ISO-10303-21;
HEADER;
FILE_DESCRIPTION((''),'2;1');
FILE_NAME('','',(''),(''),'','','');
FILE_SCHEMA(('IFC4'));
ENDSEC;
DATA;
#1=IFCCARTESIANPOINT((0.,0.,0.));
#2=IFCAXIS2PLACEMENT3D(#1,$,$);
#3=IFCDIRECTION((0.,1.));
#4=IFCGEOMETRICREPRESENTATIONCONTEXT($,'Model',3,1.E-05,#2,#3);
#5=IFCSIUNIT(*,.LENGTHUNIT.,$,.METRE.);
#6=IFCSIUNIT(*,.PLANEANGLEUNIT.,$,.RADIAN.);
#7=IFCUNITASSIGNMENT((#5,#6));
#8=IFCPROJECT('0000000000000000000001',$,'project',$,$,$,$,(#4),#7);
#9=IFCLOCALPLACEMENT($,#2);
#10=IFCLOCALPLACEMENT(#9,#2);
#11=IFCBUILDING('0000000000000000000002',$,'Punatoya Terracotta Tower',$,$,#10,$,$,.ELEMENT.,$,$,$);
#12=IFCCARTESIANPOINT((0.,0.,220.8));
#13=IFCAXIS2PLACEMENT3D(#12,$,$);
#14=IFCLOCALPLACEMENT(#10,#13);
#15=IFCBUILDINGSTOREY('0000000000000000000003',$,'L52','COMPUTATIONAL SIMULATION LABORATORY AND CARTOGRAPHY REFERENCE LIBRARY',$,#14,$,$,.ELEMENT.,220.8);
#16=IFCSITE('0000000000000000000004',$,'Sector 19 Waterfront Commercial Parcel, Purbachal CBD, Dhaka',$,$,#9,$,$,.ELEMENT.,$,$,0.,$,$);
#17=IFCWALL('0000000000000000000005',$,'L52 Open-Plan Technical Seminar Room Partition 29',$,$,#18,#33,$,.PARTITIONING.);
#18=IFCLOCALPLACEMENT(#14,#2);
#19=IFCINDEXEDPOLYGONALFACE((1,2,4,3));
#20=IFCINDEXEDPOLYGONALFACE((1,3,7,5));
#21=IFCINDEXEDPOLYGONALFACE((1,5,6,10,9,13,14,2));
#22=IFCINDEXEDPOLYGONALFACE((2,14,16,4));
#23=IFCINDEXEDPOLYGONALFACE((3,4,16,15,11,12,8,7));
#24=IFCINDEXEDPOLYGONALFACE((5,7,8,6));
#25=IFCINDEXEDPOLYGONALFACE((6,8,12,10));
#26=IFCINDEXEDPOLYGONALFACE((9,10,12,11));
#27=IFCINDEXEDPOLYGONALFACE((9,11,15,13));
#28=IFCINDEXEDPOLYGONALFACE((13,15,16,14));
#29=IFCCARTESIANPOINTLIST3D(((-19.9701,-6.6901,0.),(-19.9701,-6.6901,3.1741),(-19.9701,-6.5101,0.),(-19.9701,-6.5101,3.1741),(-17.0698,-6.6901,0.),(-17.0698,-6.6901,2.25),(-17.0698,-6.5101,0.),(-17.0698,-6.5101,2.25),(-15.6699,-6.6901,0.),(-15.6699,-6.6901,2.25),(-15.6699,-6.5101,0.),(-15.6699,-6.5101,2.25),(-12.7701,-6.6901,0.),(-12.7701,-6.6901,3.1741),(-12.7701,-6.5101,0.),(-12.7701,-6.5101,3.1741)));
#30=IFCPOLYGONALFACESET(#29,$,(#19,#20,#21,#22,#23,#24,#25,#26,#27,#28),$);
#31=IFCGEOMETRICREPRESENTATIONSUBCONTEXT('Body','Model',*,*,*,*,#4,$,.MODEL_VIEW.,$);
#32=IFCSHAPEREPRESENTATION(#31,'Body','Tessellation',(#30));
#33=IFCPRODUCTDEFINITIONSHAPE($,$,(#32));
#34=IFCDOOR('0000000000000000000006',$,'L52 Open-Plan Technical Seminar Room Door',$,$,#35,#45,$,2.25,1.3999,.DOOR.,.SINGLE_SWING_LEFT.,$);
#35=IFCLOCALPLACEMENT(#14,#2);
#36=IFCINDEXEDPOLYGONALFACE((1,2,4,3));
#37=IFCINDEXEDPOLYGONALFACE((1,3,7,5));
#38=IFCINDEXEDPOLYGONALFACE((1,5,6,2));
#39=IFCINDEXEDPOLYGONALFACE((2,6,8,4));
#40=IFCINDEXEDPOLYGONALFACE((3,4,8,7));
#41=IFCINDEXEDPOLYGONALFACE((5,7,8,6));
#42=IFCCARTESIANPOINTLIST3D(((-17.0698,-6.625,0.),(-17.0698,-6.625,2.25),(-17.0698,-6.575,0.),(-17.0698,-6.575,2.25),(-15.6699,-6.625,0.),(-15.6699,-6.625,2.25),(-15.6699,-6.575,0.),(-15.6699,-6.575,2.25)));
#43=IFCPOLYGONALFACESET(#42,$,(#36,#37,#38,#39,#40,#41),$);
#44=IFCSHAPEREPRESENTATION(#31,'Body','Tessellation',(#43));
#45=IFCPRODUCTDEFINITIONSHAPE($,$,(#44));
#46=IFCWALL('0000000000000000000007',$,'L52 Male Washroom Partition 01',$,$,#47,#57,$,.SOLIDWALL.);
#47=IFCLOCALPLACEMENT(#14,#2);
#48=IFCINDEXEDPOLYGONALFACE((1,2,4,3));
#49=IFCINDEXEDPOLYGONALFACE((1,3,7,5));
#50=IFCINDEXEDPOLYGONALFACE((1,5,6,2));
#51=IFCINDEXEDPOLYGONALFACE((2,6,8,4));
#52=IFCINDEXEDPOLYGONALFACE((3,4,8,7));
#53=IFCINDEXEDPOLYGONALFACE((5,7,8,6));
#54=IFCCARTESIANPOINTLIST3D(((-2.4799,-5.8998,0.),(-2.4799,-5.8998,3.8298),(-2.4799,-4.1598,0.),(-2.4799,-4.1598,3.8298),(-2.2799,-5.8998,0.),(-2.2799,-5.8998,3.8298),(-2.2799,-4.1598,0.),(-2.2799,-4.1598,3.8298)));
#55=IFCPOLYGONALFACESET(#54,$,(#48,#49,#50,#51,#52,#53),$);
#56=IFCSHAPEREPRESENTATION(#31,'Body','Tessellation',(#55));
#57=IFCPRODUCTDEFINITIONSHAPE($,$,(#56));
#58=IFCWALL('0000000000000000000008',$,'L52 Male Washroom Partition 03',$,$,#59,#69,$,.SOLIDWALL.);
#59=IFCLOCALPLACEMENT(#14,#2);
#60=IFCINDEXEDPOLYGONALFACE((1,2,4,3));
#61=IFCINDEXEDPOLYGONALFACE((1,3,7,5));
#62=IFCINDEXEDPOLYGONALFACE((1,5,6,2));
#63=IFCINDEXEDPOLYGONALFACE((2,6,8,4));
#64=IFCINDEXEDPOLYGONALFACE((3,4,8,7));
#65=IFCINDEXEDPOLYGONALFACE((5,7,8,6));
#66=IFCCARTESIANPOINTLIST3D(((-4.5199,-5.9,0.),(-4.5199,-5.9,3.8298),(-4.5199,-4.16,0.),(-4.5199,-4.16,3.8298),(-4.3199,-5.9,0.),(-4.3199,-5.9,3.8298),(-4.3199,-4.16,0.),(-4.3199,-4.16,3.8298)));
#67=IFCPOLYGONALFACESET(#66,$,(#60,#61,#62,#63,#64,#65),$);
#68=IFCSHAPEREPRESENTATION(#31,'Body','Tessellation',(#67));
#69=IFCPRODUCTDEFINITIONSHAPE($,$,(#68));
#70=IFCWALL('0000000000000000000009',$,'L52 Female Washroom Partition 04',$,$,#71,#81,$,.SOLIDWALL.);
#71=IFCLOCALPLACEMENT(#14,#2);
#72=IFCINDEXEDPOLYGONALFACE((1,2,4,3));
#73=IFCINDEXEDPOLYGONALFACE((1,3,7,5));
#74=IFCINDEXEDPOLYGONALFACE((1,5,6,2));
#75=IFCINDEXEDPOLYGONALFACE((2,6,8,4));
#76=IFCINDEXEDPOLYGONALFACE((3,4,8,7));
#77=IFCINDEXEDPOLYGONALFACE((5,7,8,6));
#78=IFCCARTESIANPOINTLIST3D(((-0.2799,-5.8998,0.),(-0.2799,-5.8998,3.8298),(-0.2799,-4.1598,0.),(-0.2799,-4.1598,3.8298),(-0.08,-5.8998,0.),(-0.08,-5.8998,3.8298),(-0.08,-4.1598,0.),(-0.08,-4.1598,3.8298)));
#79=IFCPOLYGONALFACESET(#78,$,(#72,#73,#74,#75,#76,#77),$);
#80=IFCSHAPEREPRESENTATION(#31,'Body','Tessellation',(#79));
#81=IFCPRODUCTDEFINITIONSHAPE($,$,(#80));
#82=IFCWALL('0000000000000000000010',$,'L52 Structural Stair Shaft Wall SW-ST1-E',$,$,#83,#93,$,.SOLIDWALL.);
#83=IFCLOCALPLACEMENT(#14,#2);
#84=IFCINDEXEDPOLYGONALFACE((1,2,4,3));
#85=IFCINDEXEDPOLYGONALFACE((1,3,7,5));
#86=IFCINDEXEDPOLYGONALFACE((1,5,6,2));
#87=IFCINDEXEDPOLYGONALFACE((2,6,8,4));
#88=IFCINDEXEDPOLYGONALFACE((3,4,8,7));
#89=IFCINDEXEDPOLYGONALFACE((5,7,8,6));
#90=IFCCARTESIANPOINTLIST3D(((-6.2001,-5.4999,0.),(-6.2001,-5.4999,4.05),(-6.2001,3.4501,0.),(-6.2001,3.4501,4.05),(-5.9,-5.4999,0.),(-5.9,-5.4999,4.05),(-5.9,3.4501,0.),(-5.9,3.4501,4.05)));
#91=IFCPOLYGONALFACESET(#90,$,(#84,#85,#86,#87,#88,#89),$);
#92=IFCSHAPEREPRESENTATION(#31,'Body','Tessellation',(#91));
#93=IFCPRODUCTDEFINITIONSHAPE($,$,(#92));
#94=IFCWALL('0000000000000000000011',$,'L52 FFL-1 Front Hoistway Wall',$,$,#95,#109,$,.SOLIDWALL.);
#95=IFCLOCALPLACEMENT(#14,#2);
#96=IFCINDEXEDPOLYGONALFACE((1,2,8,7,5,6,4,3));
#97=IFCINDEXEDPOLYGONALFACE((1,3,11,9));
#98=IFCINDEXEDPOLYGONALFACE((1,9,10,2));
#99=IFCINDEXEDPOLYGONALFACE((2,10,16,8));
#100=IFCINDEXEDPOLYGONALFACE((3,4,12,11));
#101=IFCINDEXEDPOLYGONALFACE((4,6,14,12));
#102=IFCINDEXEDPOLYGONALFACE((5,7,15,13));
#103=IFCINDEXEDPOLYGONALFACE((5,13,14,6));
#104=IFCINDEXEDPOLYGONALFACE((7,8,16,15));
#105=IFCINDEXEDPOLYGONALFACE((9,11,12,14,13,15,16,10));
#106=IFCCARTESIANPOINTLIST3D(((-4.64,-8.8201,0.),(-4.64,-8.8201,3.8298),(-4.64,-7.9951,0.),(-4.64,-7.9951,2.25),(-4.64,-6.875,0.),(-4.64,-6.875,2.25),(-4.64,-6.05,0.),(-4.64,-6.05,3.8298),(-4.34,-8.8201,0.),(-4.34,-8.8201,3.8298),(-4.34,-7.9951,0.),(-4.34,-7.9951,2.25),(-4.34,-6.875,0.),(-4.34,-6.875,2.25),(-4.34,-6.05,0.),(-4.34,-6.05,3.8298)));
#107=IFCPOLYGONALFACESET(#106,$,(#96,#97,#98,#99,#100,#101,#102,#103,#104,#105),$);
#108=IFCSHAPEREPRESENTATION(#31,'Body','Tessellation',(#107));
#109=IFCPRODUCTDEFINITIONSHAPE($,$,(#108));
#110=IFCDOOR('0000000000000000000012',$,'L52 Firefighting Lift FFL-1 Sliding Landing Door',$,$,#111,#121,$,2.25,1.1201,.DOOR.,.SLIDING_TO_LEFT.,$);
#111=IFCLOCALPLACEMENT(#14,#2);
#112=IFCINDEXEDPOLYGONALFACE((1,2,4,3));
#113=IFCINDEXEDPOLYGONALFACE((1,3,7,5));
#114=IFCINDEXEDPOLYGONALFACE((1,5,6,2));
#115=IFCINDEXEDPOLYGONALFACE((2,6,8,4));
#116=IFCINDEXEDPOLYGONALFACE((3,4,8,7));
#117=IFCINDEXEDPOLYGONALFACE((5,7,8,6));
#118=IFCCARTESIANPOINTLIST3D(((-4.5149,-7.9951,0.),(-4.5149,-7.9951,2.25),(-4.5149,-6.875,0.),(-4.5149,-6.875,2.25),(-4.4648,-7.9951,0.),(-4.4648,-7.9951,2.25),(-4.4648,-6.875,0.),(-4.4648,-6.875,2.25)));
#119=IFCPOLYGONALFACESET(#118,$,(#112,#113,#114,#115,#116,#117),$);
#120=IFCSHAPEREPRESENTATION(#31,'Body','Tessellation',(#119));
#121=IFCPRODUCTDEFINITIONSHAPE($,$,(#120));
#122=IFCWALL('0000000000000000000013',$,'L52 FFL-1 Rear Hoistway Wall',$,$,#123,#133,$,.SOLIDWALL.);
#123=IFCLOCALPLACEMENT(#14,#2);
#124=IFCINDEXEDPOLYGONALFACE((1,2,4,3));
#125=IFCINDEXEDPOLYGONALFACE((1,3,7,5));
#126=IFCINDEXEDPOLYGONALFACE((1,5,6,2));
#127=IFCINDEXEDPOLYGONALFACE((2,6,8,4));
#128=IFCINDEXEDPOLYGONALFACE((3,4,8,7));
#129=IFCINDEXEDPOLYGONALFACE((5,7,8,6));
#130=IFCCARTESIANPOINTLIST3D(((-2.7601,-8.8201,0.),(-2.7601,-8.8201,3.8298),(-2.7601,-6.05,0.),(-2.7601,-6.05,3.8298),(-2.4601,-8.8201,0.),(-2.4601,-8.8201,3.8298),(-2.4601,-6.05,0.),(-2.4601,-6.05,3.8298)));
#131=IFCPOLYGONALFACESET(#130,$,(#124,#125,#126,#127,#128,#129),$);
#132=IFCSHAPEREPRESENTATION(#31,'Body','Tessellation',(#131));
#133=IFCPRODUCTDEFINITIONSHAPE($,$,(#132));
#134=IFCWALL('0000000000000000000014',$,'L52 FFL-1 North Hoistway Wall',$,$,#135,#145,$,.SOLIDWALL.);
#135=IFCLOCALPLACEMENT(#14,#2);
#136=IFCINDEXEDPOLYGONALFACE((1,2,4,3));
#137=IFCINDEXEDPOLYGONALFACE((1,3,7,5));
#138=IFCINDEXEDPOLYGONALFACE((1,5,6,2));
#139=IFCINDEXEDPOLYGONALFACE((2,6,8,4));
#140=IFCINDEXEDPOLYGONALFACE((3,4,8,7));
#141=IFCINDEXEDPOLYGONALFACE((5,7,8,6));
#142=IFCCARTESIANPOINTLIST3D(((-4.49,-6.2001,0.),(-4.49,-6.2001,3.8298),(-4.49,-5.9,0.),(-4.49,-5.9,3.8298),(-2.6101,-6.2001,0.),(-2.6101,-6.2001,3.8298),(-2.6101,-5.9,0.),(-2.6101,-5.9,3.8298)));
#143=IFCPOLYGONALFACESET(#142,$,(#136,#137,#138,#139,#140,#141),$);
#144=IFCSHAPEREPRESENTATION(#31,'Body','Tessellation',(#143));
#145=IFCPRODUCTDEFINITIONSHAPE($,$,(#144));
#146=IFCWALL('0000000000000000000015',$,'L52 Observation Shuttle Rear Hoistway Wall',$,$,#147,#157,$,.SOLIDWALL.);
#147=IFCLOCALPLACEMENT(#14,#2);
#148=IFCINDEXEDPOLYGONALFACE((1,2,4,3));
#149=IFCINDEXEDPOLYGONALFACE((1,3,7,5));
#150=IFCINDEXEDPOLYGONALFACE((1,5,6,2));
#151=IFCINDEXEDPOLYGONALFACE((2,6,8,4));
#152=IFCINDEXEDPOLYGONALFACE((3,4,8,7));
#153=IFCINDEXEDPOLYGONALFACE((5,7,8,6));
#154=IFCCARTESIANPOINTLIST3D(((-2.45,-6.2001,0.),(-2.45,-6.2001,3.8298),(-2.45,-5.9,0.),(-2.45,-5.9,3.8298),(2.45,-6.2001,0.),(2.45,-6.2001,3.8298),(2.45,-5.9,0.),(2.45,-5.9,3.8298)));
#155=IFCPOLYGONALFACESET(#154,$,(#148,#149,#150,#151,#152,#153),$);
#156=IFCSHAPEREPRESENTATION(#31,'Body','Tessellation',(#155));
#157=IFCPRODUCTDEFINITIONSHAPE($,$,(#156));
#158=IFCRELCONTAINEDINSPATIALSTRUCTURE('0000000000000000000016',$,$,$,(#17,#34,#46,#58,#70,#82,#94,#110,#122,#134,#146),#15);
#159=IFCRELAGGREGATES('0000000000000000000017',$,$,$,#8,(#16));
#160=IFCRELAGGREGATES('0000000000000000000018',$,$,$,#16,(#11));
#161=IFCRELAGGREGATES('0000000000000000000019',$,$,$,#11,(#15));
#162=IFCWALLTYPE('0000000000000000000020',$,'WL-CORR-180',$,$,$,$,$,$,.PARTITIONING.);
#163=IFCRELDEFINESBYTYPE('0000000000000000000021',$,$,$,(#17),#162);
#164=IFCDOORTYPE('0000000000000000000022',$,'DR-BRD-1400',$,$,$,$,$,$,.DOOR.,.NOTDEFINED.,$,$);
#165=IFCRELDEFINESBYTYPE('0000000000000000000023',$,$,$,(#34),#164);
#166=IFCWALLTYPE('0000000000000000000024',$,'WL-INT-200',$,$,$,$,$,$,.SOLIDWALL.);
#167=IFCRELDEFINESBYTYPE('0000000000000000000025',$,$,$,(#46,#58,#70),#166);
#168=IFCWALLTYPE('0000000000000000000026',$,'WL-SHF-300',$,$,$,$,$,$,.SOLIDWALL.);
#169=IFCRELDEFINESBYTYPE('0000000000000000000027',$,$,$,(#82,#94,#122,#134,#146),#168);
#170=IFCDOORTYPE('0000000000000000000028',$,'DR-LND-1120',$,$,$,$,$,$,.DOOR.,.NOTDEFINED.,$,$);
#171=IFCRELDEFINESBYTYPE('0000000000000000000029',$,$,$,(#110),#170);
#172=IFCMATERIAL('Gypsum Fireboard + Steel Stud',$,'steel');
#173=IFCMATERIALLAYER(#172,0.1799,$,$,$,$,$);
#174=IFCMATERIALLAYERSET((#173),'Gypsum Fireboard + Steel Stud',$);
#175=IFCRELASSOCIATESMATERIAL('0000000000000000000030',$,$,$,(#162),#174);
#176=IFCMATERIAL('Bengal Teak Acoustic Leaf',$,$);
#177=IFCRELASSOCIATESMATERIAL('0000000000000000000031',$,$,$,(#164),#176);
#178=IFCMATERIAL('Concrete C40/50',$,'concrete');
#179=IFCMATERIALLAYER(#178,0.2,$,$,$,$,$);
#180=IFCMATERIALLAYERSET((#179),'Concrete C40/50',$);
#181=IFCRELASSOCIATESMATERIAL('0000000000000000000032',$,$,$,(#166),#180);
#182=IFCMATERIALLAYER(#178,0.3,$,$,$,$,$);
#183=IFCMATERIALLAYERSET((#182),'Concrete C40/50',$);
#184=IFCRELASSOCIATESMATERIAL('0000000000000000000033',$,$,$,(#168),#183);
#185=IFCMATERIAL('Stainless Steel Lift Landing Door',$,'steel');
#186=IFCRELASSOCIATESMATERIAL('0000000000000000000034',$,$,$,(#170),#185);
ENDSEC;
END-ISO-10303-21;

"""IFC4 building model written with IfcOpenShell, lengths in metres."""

from ifc_helpers import new_model, si_unit, direction, frame, frame_2d, origin, place, context, subcontext, project, spatial, rectangle, extrude, material, layer, layer_set, type_object, element, fill, save


model = new_model("IFC4")

# Units and contexts
model_context = context("Model", 3, precision=1e-05, world=origin(), true_north=direction((0.0, 1.0)))
body_context = subcontext(model_context, "Body", "Model", "MODEL_VIEW")
ifc_project = project(units=[si_unit("LENGTHUNIT", "METRE"), si_unit("PLANEANGLEUNIT", "RADIAN")], contexts=[model_context])

# Site, building, storey
site_placement = place(None, origin())
site = spatial("IfcSite", under=ifc_project, at=site_placement, Name="Sector 19 Waterfront Commercial Parcel, Purbachal CBD, Dhaka", CompositionType="ELEMENT", RefElevation=0.0)
building_placement = place(site_placement, origin())
building = spatial("IfcBuilding", under=site, at=building_placement, Name="Punatoya Terracotta Tower", CompositionType="ELEMENT")
storey_placement = place(building_placement, frame((0.0, 0.0, 220.8)))
storey = spatial("IfcBuildingStorey", under=building, at=storey_placement, Name="L52", Description="COMPUTATIONAL SIMULATION LABORATORY AND CARTOGRAPHY REFERENCE LIBRARY", CompositionType="ELEMENT", Elevation=220.8)

# Shared definitions
ifc_material_1 = material(Name="Concrete C40/50", Category="concrete")

# Wall, opening, door
ifc_material_2 = material(Name="Gypsum Fireboard + Steel Stud", Category="steel")
ifc_layer_1 = layer(ifc_material_2, 0.1799)
ifc_layer_set_1 = layer_set([ifc_layer_1], Name="Gypsum Fireboard + Steel Stud")
wall_type_1 = type_object("IfcWallType", Name="WL-CORR-180", PredefinedType="PARTITIONING", material=ifc_layer_set_1)
wall_1_placement = place(storey_placement, frame((-12.77, -6.6001, 0.0), z_axis=(0.0, 0.0, 1.0), x_axis=(-1.0, 0.0, 0.0)))
wall_1 = element("IfcWall", 1, at=wall_1_placement, inside=storey, type_object=wall_type_1, Name="L52 Open-Plan Technical Seminar Room Partition 29", PredefinedType="PARTITIONING", context=body_context, shape_type="SweptSolid", body=[
    extrude(rectangle(XDim=7.2, YDim=0.1799, at=frame_2d((3.6001, 0.0))), origin(), (0.0, 0.0, 1.0), 3.1741),
])
opening_1_placement = place(wall_1_placement, frame((2.8999, 0.0, 0.0)))
opening_1 = element("IfcOpeningElement", 2, at=opening_1_placement, cuts=wall_1, PredefinedType="OPENING", context=body_context, shape_type="SweptSolid", body=[
    extrude(rectangle(XDim=1.3999, YDim=2.25, at=frame_2d((0.7, 1.125))), frame((0.0, 0.0999, 0.0), z_axis=(0.0, -1.0, 0.0), x_axis=(1.0, 0.0, 0.0)), (0.0, 0.0, 1.0), 0.2),
])
ifc_material_3 = material(Name="Bengal Teak Acoustic Leaf")
door_type_1 = type_object("IfcDoorType", Name="DR-BRD-1400", OperationType="NOTDEFINED", PredefinedType="DOOR", material=ifc_material_3)
door_1_placement = place(opening_1_placement, origin())
door_1 = element("IfcDoor", 3, at=door_1_placement, inside=storey, type_object=door_type_1, Name="L52 Open-Plan Technical Seminar Room Door", OperationType="SINGLE_SWING_LEFT", OverallHeight=2.25, OverallWidth=1.3999, PredefinedType="DOOR", context=body_context, shape_type="SweptSolid", body=[
    extrude(rectangle(XDim=1.3999, YDim=2.25, at=frame_2d((0.7, 1.125))), frame((0.0, 0.0249, 0.0), z_axis=(0.0, -1.0, 0.0), x_axis=(1.0, 0.0, 0.0)), (0.0, 0.0, 1.0), 0.05),
])
fill(opening_1, door_1)

# Wall
ifc_layer_2 = layer(ifc_material_1, 0.2)
ifc_layer_set_2 = layer_set([ifc_layer_2], Name="Concrete C40/50")
wall_type_2 = type_object("IfcWallType", Name="WL-INT-200", PredefinedType="SOLIDWALL", material=ifc_layer_set_2)
wall_2_placement = place(storey_placement, frame((-2.3799, -5.8999, 0.0), z_axis=(0.0, 0.0, 1.0), x_axis=(0.0, 1.0, 0.0)))
element("IfcWall", 4, at=wall_2_placement, inside=storey, type_object=wall_type_2, Name="L52 Male Washroom Partition 01", PredefinedType="SOLIDWALL", context=body_context, shape_type="SweptSolid", body=[
    extrude(rectangle(XDim=1.74, YDim=0.2, at=frame_2d((0.8701, 0.0))), origin(), (0.0, 0.0, 1.0), 3.8298),
])

# Walls
for number, where, z_axis, x_axis, name in (
    (5, (-4.4199, -4.1599, 0.0), (0.0, 0.0, 1.0), (0.0, -1.0, 0.0), "L52 Male Washroom Partition 03"),
    (6, (-0.1799, -5.8999, 0.0), (0.0, 0.0, 1.0), (0.0, 1.0, 0.0), "L52 Female Washroom Partition 04"),
):
    element("IfcWall", number, at=place(storey_placement, frame(where, z_axis=z_axis, x_axis=x_axis)), inside=storey, type_object=wall_type_2, Name=name, PredefinedType="SOLIDWALL", context=body_context, shape_type="SweptSolid", body=[
        extrude(rectangle(XDim=1.74, YDim=0.2, at=frame_2d((0.8701, 0.0))), origin(), (0.0, 0.0, 1.0), 3.8298),
    ])

# Wall
ifc_layer_3 = layer(ifc_material_1, 0.3)
ifc_layer_set_3 = layer_set([ifc_layer_3], Name="Concrete C40/50")
wall_type_3 = type_object("IfcWallType", Name="WL-SHF-300", PredefinedType="SOLIDWALL", material=ifc_layer_set_3)
wall_3_placement = place(storey_placement, frame((-6.05, -5.5, 0.0), z_axis=(0.0, 0.0, 1.0), x_axis=(0.0, 1.0, 0.0)))
element("IfcWall", 7, at=wall_3_placement, inside=storey, type_object=wall_type_3, Name="L52 Structural Stair Shaft Wall SW-ST1-E", PredefinedType="SOLIDWALL", context=body_context, shape_type="SweptSolid", body=[
    extrude(rectangle(XDim=8.95, YDim=0.3, at=frame_2d((4.4751, 0.0))), origin(), (0.0, 0.0, 1.0), 4.05),
])

# Wall, opening, door
wall_4_placement = place(storey_placement, frame((-4.49, -8.8201, 0.0), z_axis=(0.0, 0.0, 1.0), x_axis=(0.0, 1.0, 0.0)))
wall_4 = element("IfcWall", 8, at=wall_4_placement, inside=storey, type_object=wall_type_3, Name="L52 FFL-1 Front Hoistway Wall", PredefinedType="SOLIDWALL", context=body_context, shape_type="SweptSolid", body=[
    extrude(rectangle(XDim=2.77, YDim=0.3, at=frame_2d((1.385, 0.0))), origin(), (0.0, 0.0, 1.0), 3.8298),
])
opening_2_placement = place(wall_4_placement, frame((0.825, 0.0, 0.0)))
opening_2 = element("IfcOpeningElement", 9, at=opening_2_placement, cuts=wall_4, PredefinedType="OPENING", context=body_context, shape_type="SweptSolid", body=[
    extrude(rectangle(XDim=1.1201, YDim=2.25, at=frame_2d((0.5601, 1.125))), frame((0.0, 0.1599, 0.0), z_axis=(0.0, -1.0, 0.0), x_axis=(1.0, 0.0, 0.0)), (0.0, 0.0, 1.0), 0.3201),
])
ifc_material_4 = material(Name="Stainless Steel Lift Landing Door", Category="steel")
door_type_2 = type_object("IfcDoorType", Name="DR-LND-1120", OperationType="NOTDEFINED", PredefinedType="DOOR", material=ifc_material_4)
door_2_placement = place(opening_2_placement, origin())
door_2 = element("IfcDoor", 10, at=door_2_placement, inside=storey, type_object=door_type_2, Name="L52 Firefighting Lift FFL-1 Sliding Landing Door", OperationType="SLIDING_TO_LEFT", OverallHeight=2.25, OverallWidth=1.1201, PredefinedType="DOOR", context=body_context, shape_type="SweptSolid", body=[
    extrude(rectangle(XDim=1.1201, YDim=2.25, at=frame_2d((0.5601, 1.125))), frame((0.0, 0.0249, 0.0), z_axis=(0.0, -1.0, 0.0), x_axis=(1.0, 0.0, 0.0)), (0.0, 0.0, 1.0), 0.05),
])
fill(opening_2, door_2)

# Walls
wall_5_placement = place(storey_placement, frame((-2.6101, -8.8201, 0.0), z_axis=(0.0, 0.0, 1.0), x_axis=(0.0, 1.0, 0.0)))
element("IfcWall", 11, at=wall_5_placement, inside=storey, type_object=wall_type_3, Name="L52 FFL-1 Rear Hoistway Wall", PredefinedType="SOLIDWALL", context=body_context, shape_type="SweptSolid", body=[
    extrude(rectangle(XDim=2.77, YDim=0.3, at=frame_2d((1.385, 0.0))), origin(), (0.0, 0.0, 1.0), 3.8298),
])
wall_6_placement = place(storey_placement, frame((-4.49, -6.05, 0.0), z_axis=(0.0, 0.0, 1.0), x_axis=(1.0, 0.0, 0.0)))
element("IfcWall", 12, at=wall_6_placement, inside=storey, type_object=wall_type_3, Name="L52 FFL-1 North Hoistway Wall", PredefinedType="SOLIDWALL", context=body_context, shape_type="SweptSolid", body=[
    extrude(rectangle(XDim=1.8799, YDim=0.3, at=frame_2d((0.9399, 0.0))), origin(), (0.0, 0.0, 1.0), 3.8298),
])
wall_7_placement = place(storey_placement, frame((-2.45, -6.05, 0.0), z_axis=(0.0, 0.0, 1.0), x_axis=(1.0, 0.0, 0.0)))
element("IfcWall", 13, at=wall_7_placement, inside=storey, type_object=wall_type_3, Name="L52 Observation Shuttle Rear Hoistway Wall", PredefinedType="SOLIDWALL", context=body_context, shape_type="SweptSolid", body=[
    extrude(rectangle(XDim=4.8999, YDim=0.3, at=frame_2d((2.45, 0.0))), origin(), (0.0, 0.0, 1.0), 3.8298),
])

save(model, "model.ifc")
